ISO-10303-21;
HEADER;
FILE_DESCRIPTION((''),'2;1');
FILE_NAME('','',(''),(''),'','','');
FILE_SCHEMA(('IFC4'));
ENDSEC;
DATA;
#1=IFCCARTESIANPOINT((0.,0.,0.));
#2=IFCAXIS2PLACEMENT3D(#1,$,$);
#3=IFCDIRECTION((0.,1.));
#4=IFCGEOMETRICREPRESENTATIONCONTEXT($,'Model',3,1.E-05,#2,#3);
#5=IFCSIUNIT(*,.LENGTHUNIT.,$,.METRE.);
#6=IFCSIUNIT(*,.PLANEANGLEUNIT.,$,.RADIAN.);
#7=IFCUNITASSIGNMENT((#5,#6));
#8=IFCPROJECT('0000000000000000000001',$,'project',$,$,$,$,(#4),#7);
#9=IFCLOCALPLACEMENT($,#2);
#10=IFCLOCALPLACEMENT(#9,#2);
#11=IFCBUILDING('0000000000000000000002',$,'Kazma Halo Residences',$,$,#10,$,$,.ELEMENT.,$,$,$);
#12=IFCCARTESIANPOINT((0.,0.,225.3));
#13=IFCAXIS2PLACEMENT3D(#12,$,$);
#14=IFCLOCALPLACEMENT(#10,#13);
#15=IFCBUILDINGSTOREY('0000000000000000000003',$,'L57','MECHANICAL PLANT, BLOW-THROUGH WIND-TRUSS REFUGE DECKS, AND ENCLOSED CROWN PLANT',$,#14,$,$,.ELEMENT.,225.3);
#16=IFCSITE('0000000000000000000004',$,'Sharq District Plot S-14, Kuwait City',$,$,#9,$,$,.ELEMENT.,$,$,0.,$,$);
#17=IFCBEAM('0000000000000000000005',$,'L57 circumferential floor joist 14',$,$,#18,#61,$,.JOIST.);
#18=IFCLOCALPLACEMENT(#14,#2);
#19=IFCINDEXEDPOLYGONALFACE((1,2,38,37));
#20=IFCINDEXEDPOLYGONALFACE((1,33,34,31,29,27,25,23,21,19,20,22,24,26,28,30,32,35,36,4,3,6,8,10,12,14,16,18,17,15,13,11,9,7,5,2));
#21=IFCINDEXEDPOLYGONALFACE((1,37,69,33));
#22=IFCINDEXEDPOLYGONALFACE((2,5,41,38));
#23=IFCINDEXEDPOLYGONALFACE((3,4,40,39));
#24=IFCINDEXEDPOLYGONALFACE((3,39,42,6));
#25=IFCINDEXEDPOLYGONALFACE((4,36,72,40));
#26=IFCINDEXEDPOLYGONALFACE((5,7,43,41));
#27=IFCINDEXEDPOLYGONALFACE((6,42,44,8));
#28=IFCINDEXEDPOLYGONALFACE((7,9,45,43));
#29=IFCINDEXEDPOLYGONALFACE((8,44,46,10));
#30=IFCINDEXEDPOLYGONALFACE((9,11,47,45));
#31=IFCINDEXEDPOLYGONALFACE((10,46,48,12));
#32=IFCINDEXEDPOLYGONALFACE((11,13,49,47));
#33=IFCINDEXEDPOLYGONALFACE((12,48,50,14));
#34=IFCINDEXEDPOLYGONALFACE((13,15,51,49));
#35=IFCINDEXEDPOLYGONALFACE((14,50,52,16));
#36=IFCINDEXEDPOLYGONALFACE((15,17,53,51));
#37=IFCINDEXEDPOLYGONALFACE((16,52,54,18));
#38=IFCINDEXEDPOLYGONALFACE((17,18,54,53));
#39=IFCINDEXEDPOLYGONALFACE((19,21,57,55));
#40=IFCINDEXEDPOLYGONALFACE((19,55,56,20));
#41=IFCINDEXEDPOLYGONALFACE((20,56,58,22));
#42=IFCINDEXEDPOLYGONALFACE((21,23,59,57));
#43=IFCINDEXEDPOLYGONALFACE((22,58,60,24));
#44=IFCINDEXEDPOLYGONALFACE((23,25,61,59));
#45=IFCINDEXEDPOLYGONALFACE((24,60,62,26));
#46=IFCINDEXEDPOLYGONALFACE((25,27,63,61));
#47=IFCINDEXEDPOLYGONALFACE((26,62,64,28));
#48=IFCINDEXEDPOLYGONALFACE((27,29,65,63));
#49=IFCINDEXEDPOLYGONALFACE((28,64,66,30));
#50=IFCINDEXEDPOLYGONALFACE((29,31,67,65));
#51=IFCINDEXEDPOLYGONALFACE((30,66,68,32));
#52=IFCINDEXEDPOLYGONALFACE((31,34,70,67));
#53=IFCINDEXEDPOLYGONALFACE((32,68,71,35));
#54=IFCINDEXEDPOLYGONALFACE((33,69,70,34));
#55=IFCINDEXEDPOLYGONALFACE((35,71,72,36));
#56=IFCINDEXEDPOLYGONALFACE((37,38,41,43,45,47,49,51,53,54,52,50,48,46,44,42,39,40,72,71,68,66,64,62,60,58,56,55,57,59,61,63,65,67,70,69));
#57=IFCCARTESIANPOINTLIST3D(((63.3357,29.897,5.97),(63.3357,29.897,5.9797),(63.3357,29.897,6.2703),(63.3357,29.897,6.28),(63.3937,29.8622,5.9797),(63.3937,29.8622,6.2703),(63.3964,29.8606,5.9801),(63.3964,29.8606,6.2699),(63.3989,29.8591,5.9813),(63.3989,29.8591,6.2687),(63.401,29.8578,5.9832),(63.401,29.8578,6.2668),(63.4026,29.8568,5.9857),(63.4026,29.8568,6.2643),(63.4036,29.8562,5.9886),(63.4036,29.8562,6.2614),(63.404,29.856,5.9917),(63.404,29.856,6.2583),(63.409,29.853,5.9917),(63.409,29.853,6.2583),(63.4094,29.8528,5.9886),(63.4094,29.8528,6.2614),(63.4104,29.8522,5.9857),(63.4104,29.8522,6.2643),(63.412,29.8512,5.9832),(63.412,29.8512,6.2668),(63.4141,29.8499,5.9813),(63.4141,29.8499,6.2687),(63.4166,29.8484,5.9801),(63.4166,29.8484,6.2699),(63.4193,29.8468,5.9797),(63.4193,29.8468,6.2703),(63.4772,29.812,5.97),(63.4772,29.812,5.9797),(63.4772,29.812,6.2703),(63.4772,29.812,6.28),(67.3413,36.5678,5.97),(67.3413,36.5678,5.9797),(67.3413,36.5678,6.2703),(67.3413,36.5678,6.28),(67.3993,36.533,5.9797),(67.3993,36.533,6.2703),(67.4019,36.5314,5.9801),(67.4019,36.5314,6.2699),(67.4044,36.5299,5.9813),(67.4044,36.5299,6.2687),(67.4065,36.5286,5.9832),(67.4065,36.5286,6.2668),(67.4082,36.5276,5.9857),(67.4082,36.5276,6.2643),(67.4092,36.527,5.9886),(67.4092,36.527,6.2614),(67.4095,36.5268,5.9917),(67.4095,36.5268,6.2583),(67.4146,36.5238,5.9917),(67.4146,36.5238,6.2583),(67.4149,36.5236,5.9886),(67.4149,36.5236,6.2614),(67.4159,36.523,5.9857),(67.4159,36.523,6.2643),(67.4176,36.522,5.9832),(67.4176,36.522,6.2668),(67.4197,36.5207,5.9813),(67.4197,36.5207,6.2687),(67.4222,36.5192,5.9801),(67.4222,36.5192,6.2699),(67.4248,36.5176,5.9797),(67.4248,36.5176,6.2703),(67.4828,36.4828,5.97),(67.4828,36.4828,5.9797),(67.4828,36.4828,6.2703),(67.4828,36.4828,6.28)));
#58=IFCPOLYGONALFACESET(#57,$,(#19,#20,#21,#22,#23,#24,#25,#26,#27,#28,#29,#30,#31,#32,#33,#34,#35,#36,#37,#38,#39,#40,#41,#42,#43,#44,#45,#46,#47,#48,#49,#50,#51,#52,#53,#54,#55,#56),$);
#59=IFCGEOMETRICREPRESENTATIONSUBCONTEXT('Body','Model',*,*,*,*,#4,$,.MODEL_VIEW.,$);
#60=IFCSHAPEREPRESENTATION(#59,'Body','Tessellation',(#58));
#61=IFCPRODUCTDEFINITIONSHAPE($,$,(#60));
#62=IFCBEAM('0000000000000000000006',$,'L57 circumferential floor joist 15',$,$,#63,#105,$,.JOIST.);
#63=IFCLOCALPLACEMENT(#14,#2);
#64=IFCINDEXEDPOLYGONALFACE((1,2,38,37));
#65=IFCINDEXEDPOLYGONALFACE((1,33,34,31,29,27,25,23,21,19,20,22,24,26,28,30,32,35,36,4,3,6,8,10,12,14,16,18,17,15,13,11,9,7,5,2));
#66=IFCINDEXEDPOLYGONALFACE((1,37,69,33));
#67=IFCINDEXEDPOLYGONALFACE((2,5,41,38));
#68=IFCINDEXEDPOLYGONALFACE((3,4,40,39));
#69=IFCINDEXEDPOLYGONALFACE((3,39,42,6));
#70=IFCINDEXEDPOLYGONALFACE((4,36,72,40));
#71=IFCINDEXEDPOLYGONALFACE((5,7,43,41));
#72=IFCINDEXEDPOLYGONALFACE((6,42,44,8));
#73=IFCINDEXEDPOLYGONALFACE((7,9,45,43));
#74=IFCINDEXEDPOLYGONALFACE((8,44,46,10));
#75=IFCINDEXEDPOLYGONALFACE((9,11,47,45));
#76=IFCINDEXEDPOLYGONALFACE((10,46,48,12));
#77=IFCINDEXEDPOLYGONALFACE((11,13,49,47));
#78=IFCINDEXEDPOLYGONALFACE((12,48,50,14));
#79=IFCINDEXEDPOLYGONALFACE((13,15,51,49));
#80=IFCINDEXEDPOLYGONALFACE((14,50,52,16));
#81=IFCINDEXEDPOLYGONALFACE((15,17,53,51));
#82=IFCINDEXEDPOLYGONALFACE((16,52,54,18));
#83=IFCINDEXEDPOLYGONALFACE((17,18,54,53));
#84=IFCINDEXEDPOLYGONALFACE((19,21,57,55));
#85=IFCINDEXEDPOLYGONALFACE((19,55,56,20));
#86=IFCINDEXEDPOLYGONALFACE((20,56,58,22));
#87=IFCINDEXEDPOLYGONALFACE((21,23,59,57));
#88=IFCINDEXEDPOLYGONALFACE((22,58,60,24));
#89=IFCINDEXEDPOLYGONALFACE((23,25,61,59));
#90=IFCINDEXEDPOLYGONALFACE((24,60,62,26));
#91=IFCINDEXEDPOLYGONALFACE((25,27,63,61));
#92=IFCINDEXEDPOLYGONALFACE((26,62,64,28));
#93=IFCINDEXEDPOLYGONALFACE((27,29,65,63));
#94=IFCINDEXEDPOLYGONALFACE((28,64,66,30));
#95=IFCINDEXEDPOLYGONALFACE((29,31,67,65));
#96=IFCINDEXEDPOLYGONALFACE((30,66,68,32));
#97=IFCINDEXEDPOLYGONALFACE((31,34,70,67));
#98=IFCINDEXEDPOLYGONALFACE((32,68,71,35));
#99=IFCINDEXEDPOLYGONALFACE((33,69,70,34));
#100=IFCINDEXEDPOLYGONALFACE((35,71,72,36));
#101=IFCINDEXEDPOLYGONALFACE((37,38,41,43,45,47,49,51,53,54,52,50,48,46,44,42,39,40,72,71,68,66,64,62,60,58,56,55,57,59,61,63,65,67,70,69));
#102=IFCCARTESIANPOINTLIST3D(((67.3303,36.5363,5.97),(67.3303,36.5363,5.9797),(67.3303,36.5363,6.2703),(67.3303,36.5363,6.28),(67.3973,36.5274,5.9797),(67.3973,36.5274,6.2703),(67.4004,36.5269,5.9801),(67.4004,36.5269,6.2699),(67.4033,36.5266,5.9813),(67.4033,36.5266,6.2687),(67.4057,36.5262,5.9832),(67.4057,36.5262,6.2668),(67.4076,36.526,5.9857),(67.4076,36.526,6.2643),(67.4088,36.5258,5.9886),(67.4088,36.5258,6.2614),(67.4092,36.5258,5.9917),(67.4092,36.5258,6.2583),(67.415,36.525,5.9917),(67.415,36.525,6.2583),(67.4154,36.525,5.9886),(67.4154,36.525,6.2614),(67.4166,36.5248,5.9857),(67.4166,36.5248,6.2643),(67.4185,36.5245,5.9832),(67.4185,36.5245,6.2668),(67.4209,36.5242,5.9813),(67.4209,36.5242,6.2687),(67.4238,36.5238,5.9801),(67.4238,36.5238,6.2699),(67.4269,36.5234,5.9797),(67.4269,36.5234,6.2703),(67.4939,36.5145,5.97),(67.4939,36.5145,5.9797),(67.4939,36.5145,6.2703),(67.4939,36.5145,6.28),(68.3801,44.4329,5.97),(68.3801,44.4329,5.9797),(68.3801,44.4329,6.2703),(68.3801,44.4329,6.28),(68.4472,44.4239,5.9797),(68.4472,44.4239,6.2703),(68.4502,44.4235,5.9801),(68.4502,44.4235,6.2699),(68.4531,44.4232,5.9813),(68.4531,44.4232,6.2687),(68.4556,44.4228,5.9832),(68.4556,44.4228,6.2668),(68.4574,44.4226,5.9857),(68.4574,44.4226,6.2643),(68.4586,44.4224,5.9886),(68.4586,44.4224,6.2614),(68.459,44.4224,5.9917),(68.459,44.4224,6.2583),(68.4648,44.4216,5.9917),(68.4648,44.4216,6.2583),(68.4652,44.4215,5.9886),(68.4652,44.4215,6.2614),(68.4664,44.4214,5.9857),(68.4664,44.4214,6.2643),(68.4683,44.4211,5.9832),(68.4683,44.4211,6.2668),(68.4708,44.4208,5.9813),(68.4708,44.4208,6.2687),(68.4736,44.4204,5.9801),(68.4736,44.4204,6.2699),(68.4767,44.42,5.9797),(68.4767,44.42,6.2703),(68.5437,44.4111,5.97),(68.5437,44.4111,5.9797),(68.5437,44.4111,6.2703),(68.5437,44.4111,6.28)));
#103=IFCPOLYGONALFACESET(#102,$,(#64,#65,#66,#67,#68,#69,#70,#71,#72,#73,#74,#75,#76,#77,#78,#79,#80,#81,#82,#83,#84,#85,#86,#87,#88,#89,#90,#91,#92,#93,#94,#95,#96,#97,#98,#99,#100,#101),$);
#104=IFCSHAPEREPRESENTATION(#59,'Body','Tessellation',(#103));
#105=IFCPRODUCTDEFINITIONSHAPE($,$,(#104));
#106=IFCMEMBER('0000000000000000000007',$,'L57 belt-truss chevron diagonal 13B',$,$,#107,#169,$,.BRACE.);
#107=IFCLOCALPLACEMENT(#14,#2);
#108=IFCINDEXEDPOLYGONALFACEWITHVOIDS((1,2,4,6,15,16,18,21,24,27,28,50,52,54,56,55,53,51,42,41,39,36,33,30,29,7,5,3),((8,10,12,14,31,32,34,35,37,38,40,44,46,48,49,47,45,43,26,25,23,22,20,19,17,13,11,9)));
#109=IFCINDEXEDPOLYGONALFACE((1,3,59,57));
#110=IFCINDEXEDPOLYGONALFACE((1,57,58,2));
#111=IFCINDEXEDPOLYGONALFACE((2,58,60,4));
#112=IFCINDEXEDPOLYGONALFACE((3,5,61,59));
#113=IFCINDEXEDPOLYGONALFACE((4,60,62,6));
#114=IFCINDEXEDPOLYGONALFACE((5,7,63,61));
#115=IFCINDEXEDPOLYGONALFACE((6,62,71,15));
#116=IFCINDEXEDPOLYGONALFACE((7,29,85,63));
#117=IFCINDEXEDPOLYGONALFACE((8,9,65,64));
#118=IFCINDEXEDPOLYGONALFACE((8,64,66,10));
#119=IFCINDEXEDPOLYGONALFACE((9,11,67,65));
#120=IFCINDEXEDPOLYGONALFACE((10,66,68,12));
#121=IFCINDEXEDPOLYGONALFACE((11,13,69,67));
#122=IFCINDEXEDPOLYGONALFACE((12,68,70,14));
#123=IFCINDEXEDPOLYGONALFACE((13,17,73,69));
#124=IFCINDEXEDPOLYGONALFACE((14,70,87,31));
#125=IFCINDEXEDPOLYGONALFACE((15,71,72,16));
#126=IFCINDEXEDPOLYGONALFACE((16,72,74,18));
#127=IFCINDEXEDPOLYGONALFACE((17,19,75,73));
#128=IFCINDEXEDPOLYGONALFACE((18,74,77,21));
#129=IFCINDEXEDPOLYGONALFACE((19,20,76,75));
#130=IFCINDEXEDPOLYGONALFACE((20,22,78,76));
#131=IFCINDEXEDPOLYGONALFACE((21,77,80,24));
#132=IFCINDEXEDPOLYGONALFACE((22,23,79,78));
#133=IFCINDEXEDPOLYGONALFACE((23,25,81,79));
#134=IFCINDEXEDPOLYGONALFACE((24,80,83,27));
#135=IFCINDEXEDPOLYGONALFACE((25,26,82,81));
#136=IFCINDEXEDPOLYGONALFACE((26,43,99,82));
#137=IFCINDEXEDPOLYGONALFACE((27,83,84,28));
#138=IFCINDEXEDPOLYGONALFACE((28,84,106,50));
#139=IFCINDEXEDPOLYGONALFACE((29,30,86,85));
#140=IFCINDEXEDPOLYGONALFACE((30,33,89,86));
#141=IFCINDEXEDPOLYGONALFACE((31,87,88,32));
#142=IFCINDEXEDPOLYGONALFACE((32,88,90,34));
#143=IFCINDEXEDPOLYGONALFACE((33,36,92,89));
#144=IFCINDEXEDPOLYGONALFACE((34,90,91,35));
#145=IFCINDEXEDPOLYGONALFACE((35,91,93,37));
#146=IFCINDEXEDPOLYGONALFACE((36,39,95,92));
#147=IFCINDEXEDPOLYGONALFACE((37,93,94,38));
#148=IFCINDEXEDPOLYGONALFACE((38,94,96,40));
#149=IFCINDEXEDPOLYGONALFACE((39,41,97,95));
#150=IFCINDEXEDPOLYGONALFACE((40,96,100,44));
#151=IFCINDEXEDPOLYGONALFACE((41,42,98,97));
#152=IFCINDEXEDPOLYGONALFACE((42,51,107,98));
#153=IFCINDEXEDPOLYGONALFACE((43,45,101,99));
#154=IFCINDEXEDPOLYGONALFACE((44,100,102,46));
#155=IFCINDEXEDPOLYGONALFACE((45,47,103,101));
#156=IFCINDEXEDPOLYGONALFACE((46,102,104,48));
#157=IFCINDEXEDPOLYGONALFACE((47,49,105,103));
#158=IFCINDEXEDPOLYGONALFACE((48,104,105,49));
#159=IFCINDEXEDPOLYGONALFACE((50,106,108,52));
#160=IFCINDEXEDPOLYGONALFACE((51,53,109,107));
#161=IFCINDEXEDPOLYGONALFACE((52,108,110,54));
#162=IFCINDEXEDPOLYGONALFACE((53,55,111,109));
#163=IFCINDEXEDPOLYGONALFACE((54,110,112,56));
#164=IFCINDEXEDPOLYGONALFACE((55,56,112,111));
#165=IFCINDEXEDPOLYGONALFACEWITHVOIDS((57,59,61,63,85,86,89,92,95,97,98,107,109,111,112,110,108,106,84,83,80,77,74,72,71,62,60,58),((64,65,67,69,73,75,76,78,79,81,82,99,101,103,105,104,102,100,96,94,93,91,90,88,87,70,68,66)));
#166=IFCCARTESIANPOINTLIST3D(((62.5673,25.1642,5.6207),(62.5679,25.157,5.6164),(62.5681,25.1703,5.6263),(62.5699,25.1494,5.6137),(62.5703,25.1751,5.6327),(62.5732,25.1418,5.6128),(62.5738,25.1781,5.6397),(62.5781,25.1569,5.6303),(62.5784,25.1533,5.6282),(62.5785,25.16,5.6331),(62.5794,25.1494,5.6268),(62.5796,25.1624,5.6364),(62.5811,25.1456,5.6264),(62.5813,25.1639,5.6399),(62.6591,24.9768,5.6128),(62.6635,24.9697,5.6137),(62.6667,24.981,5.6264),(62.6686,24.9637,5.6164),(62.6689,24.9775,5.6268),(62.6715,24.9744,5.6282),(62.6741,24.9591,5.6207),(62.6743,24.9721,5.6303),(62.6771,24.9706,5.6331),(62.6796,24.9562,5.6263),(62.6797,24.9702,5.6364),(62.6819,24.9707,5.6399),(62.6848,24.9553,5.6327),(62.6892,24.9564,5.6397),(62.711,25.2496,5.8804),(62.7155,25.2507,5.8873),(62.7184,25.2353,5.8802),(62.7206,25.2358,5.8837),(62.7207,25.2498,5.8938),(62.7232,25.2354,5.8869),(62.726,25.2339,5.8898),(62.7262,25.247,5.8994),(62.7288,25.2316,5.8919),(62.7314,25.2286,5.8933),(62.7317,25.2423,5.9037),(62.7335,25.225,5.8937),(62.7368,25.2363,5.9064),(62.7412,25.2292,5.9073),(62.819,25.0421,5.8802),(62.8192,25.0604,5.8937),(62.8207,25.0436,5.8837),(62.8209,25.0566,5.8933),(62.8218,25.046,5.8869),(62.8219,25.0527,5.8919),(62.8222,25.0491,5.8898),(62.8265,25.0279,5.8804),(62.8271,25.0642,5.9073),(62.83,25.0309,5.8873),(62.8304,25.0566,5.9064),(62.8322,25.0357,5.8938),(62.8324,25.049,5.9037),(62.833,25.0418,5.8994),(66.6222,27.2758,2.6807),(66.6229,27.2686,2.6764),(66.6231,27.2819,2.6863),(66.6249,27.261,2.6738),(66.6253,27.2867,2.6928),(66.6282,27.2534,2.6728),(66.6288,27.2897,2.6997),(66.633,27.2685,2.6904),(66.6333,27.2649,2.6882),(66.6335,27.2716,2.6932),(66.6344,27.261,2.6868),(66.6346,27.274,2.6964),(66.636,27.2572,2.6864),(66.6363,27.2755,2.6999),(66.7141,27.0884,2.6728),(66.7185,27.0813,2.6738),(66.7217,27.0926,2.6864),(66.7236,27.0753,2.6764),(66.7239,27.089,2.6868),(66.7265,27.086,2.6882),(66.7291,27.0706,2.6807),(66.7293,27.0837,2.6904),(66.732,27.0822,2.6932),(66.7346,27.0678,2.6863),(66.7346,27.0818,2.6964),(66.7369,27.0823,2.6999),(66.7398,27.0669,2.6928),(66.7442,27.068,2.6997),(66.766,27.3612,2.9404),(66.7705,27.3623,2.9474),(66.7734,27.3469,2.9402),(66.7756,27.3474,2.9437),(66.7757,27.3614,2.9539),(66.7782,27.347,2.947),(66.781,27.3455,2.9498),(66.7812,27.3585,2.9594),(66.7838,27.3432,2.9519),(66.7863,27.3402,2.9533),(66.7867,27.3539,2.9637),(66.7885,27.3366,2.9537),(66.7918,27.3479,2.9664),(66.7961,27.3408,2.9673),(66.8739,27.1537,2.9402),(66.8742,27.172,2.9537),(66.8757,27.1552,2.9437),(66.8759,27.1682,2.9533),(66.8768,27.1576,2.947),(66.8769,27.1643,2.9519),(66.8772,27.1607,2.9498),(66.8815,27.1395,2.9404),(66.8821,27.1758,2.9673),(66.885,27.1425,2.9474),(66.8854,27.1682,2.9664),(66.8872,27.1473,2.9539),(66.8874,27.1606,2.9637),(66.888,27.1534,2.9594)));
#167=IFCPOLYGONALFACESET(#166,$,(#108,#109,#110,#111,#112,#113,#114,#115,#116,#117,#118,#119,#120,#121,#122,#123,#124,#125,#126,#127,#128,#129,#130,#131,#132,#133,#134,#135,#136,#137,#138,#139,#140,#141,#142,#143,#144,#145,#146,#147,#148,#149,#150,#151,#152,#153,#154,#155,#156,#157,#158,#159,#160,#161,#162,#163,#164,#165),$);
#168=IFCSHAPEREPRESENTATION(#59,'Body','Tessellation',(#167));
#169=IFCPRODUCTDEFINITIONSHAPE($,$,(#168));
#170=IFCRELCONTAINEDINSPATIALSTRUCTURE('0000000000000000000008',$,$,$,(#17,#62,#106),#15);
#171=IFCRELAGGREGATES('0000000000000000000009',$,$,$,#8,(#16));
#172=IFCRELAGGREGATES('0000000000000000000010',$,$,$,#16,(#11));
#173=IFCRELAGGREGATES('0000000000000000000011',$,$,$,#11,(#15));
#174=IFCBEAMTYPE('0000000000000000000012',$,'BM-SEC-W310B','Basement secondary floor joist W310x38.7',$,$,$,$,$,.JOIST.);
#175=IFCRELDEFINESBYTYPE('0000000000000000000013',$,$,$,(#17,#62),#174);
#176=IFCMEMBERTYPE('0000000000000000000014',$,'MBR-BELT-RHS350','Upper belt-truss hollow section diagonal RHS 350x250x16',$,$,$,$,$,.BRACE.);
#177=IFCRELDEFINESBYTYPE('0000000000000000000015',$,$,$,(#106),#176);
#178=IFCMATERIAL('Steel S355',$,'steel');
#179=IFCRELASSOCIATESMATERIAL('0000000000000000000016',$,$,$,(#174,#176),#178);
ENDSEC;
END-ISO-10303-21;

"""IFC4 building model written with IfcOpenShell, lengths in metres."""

from ifc_helpers import new_model, si_unit, direction, frame, origin, origin_2d, place, context, subcontext, project, spatial, hollow_rectangle, i_section, extrude, material, material_profile, profile_set, type_object, element, save


model = new_model("IFC4")

# Units and contexts
model_context = context("Model", 3, precision=1e-05, world=origin(), true_north=direction((0.0, 1.0)))
body_context = subcontext(model_context, "Body", "Model", "MODEL_VIEW")
ifc_project = project(units=[si_unit("LENGTHUNIT", "METRE"), si_unit("PLANEANGLEUNIT", "RADIAN")], contexts=[model_context])

# Site, building, storey
site_placement = place(None, origin())
site = spatial("IfcSite", under=ifc_project, at=site_placement, Name="Sharq District Plot S-14, Kuwait City", CompositionType="ELEMENT", RefElevation=0.0)
building_placement = place(site_placement, origin())
building = spatial("IfcBuilding", under=site, at=building_placement, Name="Kazma Halo Residences", CompositionType="ELEMENT")
storey_placement = place(building_placement, frame((0.0, 0.0, 225.3)))
storey = spatial("IfcBuildingStorey", under=building, at=storey_placement, Name="L57", Description="MECHANICAL PLANT, BLOW-THROUGH WIND-TRUSS REFUGE DECKS, AND ENCLOSED CROWN PLANT", CompositionType="ELEMENT", Elevation=225.3)

# Beams
ifc_material_1 = material(Name="Steel S355", Category="steel")
ifc_material_profile_1 = material_profile(ifc_material_1, i_section(OverallWidth=0.165, OverallDepth=0.3101, WebThickness=0.0059, FlangeThickness=0.0098, FilletRadius=0.012, at=origin_2d()), Name="W310x38.7")
ifc_profile_set_1 = profile_set([ifc_material_profile_1], Name="Steel S355")
beam_type_1 = type_object("IfcBeamType", Name="BM-SEC-W310B", Description="Basement secondary floor joist W310x38.7", PredefinedType="JOIST", material=ifc_profile_set_1)
beam_1_placement = place(storey_placement, frame((63.4065, 29.8545, 6.125), z_axis=(0.514786, 0.857318, 0.0), x_axis=(-0.857318, 0.514786, 0.0)))
element("IfcBeam", 1, at=beam_1_placement, inside=storey, type_object=beam_type_1, Name="L57 circumferential floor joist 14", PredefinedType="JOIST", context=body_context, shape_type="SweptSolid", body=[
    extrude(i_section(OverallWidth=0.165, OverallDepth=0.3101, WebThickness=0.0059, FlangeThickness=0.0098, FilletRadius=0.012, at=origin_2d()), origin(), (0.0, 0.0, 1.0), 7.781),
])
beam_2_placement = place(storey_placement, frame((67.4121, 36.5254, 6.125), z_axis=(0.131786, 0.991278, 0.0), x_axis=(-0.991278, 0.131786, 0.0)))
element("IfcBeam", 2, at=beam_2_placement, inside=storey, type_object=beam_type_1, Name="L57 circumferential floor joist 15", PredefinedType="JOIST", context=body_context, shape_type="SweptSolid", body=[
    extrude(i_section(OverallWidth=0.165, OverallDepth=0.3101, WebThickness=0.0059, FlangeThickness=0.0098, FilletRadius=0.012, at=origin_2d()), origin(), (0.0, 0.0, 1.0), 7.9661),
])

# Member
ifc_material_profile_2 = material_profile(ifc_material_1, hollow_rectangle(XDim=0.25, YDim=0.3501, WallThickness=0.0161, InnerFilletRadius=0.0161, OuterFilletRadius=0.032, at=origin_2d()), Name="RHS350x250x16")
ifc_profile_set_2 = profile_set([ifc_material_profile_2], Name="Steel S355")
member_type_1 = type_object("IfcMemberType", Name="MBR-BELT-RHS350", Description="Upper belt-truss hollow section diagonal RHS 350x250x16", PredefinedType="BRACE", material=ifc_profile_set_2)
member_1_placement = place(storey_placement, frame((66.7551, 27.2146, 2.8201), z_axis=(-0.746011, -0.388479, 0.54088), x_axis=(0.461871, -0.886947, 0.0)))
element("IfcMember", 3, at=member_1_placement, inside=storey, type_object=member_type_1, Name="L57 belt-truss chevron diagonal 13B", PredefinedType="BRACE", context=body_context, shape_type="SweptSolid", body=[
    extrude(hollow_rectangle(XDim=0.25, YDim=0.3501, WallThickness=0.0161, InnerFilletRadius=0.0161, OuterFilletRadius=0.032, at=origin_2d()), origin(), (0.0, 0.0, 1.0), 5.4355),
])

save(model, "model.ifc")
